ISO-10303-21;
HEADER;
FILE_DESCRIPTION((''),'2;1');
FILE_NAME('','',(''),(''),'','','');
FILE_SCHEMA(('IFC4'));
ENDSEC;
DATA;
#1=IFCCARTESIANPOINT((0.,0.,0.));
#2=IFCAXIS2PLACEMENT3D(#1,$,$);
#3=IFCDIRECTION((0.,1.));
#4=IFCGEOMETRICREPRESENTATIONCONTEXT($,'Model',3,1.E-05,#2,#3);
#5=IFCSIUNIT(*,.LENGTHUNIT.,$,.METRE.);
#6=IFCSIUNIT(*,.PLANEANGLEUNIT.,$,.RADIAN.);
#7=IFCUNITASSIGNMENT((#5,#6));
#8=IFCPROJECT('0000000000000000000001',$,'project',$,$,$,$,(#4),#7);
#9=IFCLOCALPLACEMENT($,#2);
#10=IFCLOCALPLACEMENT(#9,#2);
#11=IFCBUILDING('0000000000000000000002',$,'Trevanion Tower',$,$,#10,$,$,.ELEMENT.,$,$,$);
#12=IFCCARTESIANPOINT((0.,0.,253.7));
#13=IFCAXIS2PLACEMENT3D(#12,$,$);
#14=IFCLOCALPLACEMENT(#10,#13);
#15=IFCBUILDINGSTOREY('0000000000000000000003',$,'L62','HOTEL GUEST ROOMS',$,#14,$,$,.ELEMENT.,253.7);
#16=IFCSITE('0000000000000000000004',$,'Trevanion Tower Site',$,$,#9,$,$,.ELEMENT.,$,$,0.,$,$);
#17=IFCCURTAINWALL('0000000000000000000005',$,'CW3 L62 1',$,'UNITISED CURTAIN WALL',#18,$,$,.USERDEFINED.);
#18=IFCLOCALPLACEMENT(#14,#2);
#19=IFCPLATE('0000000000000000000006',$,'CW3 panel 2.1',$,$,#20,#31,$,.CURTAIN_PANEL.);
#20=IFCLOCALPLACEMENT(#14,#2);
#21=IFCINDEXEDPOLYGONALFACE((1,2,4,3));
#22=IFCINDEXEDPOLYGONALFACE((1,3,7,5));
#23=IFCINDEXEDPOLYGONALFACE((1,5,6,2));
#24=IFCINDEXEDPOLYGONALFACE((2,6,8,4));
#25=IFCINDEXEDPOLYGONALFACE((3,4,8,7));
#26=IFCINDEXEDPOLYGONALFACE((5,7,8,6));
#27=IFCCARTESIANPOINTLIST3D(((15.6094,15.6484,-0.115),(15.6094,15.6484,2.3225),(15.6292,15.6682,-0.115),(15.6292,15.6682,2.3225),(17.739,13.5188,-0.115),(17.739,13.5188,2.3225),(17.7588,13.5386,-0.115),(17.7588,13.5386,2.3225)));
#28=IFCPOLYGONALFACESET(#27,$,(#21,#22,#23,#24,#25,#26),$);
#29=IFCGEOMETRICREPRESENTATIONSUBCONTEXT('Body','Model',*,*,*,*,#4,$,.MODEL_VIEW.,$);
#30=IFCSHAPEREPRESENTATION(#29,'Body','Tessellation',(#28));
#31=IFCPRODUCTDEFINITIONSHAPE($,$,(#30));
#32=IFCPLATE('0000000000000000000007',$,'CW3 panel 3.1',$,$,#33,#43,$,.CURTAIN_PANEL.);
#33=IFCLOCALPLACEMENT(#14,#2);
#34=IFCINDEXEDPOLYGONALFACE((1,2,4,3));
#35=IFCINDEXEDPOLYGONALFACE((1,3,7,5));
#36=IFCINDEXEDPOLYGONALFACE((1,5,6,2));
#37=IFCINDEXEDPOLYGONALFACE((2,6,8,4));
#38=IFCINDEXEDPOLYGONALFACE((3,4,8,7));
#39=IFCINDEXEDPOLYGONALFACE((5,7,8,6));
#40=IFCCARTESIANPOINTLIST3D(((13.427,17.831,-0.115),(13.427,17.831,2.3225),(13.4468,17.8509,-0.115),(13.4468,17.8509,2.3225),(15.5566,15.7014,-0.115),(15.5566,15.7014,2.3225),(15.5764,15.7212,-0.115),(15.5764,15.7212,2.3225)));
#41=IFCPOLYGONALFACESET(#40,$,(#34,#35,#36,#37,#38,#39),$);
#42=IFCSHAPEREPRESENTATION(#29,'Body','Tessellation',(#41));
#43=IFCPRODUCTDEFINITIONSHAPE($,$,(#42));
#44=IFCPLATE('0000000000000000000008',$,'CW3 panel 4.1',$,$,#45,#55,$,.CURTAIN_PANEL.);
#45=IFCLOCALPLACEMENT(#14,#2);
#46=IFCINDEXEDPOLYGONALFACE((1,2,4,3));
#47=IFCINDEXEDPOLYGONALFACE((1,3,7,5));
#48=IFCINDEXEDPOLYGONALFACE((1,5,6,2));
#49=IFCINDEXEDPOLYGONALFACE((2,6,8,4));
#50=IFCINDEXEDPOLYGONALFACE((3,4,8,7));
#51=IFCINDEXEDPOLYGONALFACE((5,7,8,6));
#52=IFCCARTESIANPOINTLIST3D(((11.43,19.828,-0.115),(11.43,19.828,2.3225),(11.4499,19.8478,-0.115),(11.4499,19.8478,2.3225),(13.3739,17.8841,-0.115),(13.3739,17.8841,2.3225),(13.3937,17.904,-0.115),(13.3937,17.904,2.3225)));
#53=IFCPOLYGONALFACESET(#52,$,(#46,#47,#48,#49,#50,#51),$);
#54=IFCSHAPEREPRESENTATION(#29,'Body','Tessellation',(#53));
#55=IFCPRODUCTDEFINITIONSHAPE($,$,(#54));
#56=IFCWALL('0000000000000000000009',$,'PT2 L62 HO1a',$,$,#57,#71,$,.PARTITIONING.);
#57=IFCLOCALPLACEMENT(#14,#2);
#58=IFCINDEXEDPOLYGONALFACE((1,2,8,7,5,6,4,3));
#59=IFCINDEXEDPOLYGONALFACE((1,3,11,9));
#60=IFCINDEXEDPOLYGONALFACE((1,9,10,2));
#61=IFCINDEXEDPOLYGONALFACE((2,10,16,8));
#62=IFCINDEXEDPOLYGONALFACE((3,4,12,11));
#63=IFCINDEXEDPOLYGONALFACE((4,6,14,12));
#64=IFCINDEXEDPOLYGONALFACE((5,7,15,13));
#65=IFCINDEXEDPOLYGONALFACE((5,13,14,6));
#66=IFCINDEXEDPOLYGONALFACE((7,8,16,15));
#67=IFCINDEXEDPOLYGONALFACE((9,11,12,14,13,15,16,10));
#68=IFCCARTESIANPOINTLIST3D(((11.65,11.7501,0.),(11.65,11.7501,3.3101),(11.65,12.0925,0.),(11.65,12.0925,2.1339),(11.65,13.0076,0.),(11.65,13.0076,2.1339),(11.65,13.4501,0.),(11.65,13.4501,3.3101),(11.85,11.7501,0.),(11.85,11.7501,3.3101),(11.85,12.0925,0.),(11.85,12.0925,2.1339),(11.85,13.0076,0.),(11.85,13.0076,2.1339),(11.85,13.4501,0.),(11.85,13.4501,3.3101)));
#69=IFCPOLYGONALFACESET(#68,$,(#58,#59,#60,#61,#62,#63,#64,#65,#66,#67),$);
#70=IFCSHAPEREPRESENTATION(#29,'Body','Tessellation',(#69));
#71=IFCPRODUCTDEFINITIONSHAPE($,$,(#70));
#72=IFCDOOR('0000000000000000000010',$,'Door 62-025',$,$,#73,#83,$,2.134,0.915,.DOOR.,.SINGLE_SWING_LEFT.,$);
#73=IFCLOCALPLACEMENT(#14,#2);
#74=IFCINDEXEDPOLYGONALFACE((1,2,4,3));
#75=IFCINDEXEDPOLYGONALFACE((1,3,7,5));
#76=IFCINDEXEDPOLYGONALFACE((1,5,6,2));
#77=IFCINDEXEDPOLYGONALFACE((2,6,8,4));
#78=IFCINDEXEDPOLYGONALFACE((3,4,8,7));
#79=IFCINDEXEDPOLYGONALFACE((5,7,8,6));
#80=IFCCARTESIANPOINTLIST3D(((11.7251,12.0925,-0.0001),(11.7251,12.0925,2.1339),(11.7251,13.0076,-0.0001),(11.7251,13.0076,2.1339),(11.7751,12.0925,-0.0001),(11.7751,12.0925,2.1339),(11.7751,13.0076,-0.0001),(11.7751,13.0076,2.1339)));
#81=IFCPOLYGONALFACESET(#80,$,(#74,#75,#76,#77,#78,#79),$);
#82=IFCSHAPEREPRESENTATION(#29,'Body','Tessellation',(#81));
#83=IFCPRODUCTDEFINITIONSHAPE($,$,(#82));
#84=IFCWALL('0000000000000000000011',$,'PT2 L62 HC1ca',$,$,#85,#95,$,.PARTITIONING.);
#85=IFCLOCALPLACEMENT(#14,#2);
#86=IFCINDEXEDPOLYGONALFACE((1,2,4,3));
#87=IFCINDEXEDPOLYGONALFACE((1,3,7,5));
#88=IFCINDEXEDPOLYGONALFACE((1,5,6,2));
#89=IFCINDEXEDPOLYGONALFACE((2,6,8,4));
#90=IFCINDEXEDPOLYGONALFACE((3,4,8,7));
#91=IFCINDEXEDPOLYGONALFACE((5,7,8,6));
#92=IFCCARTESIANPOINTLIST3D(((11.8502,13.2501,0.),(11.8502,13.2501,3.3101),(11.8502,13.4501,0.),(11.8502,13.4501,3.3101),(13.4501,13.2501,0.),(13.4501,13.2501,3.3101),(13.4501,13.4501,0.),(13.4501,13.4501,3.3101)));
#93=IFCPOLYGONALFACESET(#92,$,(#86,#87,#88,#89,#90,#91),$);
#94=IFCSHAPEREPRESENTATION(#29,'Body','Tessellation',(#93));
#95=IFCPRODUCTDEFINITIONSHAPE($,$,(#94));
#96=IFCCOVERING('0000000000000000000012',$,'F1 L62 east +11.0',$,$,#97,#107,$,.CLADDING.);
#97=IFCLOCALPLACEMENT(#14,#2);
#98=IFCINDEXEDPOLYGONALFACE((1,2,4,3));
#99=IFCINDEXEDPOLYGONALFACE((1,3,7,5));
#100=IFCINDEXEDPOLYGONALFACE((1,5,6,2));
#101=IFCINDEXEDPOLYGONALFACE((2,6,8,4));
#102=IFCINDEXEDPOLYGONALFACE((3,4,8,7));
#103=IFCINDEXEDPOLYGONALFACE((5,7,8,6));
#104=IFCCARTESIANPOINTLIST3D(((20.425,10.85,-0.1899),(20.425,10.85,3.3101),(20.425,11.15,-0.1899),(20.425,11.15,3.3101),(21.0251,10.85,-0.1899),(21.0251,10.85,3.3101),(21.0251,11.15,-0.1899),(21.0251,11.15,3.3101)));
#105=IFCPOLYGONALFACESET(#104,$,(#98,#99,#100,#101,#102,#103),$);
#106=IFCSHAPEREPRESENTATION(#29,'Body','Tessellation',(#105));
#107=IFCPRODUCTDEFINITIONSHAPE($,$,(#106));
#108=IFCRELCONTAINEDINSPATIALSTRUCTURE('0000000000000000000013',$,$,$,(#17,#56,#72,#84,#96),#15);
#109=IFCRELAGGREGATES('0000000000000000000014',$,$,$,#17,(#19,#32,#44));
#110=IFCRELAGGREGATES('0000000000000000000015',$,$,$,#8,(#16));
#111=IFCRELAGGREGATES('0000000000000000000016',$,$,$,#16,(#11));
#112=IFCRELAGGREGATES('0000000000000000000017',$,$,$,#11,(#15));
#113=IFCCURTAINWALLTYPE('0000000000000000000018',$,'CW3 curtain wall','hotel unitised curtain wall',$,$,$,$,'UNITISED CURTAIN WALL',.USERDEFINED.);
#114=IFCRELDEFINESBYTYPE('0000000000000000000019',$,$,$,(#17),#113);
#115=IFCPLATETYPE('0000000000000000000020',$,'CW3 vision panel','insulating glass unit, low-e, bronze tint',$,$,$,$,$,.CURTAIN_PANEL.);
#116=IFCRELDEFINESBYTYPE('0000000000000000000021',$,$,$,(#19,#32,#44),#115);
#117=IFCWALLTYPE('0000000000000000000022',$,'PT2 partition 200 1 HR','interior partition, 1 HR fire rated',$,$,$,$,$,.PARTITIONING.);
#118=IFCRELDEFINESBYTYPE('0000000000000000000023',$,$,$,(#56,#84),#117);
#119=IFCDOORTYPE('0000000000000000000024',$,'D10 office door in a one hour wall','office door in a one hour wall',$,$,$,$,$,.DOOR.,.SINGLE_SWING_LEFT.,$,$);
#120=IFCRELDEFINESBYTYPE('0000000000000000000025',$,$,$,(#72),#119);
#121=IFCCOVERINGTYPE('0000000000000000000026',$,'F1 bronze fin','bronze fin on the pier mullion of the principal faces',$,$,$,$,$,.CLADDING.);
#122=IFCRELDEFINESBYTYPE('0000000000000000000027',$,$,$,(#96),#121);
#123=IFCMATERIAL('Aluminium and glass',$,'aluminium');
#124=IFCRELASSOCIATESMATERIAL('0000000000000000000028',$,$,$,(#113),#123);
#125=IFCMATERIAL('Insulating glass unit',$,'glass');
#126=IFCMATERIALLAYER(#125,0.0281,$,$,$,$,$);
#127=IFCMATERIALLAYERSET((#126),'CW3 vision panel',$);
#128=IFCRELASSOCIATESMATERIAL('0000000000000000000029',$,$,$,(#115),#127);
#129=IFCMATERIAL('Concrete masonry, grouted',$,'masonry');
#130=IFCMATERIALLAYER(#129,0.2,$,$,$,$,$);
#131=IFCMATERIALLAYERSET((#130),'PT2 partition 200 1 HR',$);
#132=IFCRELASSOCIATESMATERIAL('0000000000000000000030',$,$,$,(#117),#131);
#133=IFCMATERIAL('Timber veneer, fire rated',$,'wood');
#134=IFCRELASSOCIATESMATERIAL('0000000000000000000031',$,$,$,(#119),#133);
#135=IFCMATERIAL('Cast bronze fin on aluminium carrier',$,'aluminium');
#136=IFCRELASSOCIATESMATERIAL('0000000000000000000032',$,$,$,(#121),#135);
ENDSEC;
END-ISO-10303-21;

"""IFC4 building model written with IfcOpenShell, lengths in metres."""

from ifc_helpers import new_model, si_unit, direction, frame, frame_2d, origin, origin_2d, place, context, subcontext, project, spatial, rectangle, extrude, material, layer, layer_set, type_object, element, fill, aggregate, save


model = new_model("IFC4")

# Units and contexts
model_context = context("Model", 3, precision=1e-05, world=origin(), true_north=direction((0.0, 1.0)))
body_context = subcontext(model_context, "Body", "Model", "MODEL_VIEW")
ifc_project = project(units=[si_unit("LENGTHUNIT", "METRE"), si_unit("PLANEANGLEUNIT", "RADIAN")], contexts=[model_context])

# Site, building, storey
site_placement = place(None, origin())
site = spatial("IfcSite", under=ifc_project, at=site_placement, Name="Trevanion Tower Site", CompositionType="ELEMENT", RefElevation=0.0)
building_placement = place(site_placement, origin())
building = spatial("IfcBuilding", under=site, at=building_placement, Name="Trevanion Tower", CompositionType="ELEMENT")
storey_placement = place(building_placement, frame((0.0, 0.0, 253.7)))
storey = spatial("IfcBuildingStorey", under=building, at=storey_placement, Name="L62", Description="HOTEL GUEST ROOMS", CompositionType="ELEMENT", Elevation=253.7)

# Curtain wall
ifc_material_1 = material(Name="Aluminium and glass", Category="aluminium")
curtain_wall_type = type_object("IfcCurtainWallType", Name="CW3 curtain wall", Description="hotel unitised curtain wall", ElementType="UNITISED CURTAIN WALL", PredefinedType="USERDEFINED", material=ifc_material_1)
curtain_wall_1_placement = place(storey_placement, origin())
curtain_wall_1 = element("IfcCurtainWall", 1, at=curtain_wall_1_placement, inside=storey, type_object=curtain_wall_type, Name="CW3 L62 1", ObjectType="UNITISED CURTAIN WALL", PredefinedType="USERDEFINED")

# Plates
ifc_material_2 = material(Name="Insulating glass unit", Category="glass")
ifc_layer_1 = layer(ifc_material_2, 0.0281)
ifc_layer_set_1 = layer_set([ifc_layer_1], Name="CW3 vision panel")
plate_type_1 = type_object("IfcPlateType", Name="CW3 vision panel", Description="insulating glass unit, low-e, bronze tint", PredefinedType="CURTAIN_PANEL", material=ifc_layer_set_1)
plate_1_placement = place(storey_placement, frame((16.6841, 14.5935, -0.115), z_axis=(0.0, 0.0, 1.0), x_axis=(-0.707107, 0.707107, 0.0)))
plate_1 = element("IfcPlate", 2, at=plate_1_placement, type_object=plate_type_1, Name="CW3 panel 2.1", PredefinedType="CURTAIN_PANEL", context=body_context, shape_type="SweptSolid", body=[
    extrude(rectangle(XDim=3.0117, YDim=0.0281, at=origin_2d()), origin(), (0.0, 0.0, 1.0), 2.4375),
])
plate_2_placement = place(storey_placement, frame((14.5017, 16.7761, -0.115), z_axis=(0.0, 0.0, 1.0), x_axis=(-0.707107, 0.707107, 0.0)))
plate_2 = element("IfcPlate", 3, at=plate_2_placement, type_object=plate_type_1, Name="CW3 panel 3.1", PredefinedType="CURTAIN_PANEL", context=body_context, shape_type="SweptSolid", body=[
    extrude(rectangle(XDim=3.0117, YDim=0.0281, at=origin_2d()), origin(), (0.0, 0.0, 1.0), 2.4375),
])
plate_3_placement = place(storey_placement, frame((12.4119, 18.866, -0.115), z_axis=(0.0, 0.0, 1.0), x_axis=(-0.707107, 0.707107, 0.0)))
plate_3 = element("IfcPlate", 4, at=plate_3_placement, type_object=plate_type_1, Name="CW3 panel 4.1", PredefinedType="CURTAIN_PANEL", context=body_context, shape_type="SweptSolid", body=[
    extrude(rectangle(XDim=2.749, YDim=0.0281, at=origin_2d()), origin(), (0.0, 0.0, 1.0), 2.4375),
])
aggregate(curtain_wall_1, [plate_1, plate_2, plate_3])

# Wall, opening, door
ifc_material_3 = material(Name="Concrete masonry, grouted", Category="masonry")
ifc_layer_2 = layer(ifc_material_3, 0.2)
ifc_layer_set_2 = layer_set([ifc_layer_2], Name="PT2 partition 200 1 HR")
wall_type = type_object("IfcWallType", Name="PT2 partition 200 1 HR", Description="interior partition, 1 HR fire rated", PredefinedType="PARTITIONING", material=ifc_layer_set_2)
wall_1_placement = place(storey_placement, frame((11.75, 11.75, 0.0), z_axis=(0.0, 0.0, 1.0), x_axis=(0.0, 1.0, 0.0)))
wall_1 = element("IfcWall", 5, at=wall_1_placement, inside=storey, type_object=wall_type, Name="PT2 L62 HO1a", PredefinedType="PARTITIONING", context=body_context, shape_type="SweptSolid", body=[
    extrude(rectangle(XDim=1.7, YDim=0.2, at=frame_2d((0.8501, 0.0))), origin(), (0.0, 0.0, 1.0), 3.3101),
])
opening_placement = place(wall_1_placement, frame((0.3425, 0.0, 0.0)))
opening = element("IfcOpeningElement", 6, at=opening_placement, cuts=wall_1, PredefinedType="OPENING", context=body_context, shape_type="SweptSolid", body=[
    extrude(rectangle(XDim=0.915, YDim=2.134, at=frame_2d((0.4575, 1.0669))), frame((0.0, 0.1099, 0.0), z_axis=(0.0, -1.0, 0.0), x_axis=(1.0, 0.0, 0.0)), (0.0, 0.0, 1.0), 0.22),
])
ifc_material_4 = material(Name="Timber veneer, fire rated", Category="wood")
door_type = type_object("IfcDoorType", Name="D10 office door in a one hour wall", Description="office door in a one hour wall", OperationType="SINGLE_SWING_LEFT", PredefinedType="DOOR", material=ifc_material_4)
door_placement = place(opening_placement, origin())
door = element("IfcDoor", 7, at=door_placement, inside=storey, type_object=door_type, Name="Door 62-025", OperationType="SINGLE_SWING_LEFT", OverallHeight=2.134, OverallWidth=0.915, PredefinedType="DOOR", context=body_context, shape_type="SweptSolid", body=[
    extrude(rectangle(XDim=0.915, YDim=2.134, at=frame_2d((0.4575, 1.0669))), frame((0.0, 0.0249, 0.0), z_axis=(0.0, -1.0, 0.0), x_axis=(1.0, 0.0, 0.0)), (0.0, 0.0, 1.0), 0.05),
])
fill(opening, door)

# Wall
wall_2_placement = place(storey_placement, frame((13.45, 13.3501, 0.0), z_axis=(0.0, 0.0, 1.0), x_axis=(-1.0, 0.0, 0.0)))
element("IfcWall", 8, at=wall_2_placement, inside=storey, type_object=wall_type, Name="PT2 L62 HC1ca", PredefinedType="PARTITIONING", context=body_context, shape_type="SweptSolid", body=[
    extrude(rectangle(XDim=1.5999, YDim=0.2, at=frame_2d((0.7998, 0.0))), origin(), (0.0, 0.0, 1.0), 3.3101),
])

# Covering
ifc_material_5 = material(Name="Cast bronze fin on aluminium carrier", Category="aluminium")
covering_type = type_object("IfcCoveringType", Name="F1 bronze fin", Description="bronze fin on the pier mullion of the principal faces", PredefinedType="CLADDING", material=ifc_material_5)
covering_placement = place(storey_placement, frame((20.7251, 11.0, -0.1899), z_axis=(0.0, 0.0, 1.0), x_axis=(0.0, 1.0, 0.0)))
element("IfcCovering", 9, at=covering_placement, inside=storey, type_object=covering_type, Name="F1 L62 east +11.0", PredefinedType="CLADDING", context=body_context, shape_type="SweptSolid", body=[
    extrude(rectangle(XDim=0.3, YDim=0.6001, at=origin_2d()), origin(), (0.0, 0.0, 1.0), 3.5),
])

save(model, "model.ifc")
